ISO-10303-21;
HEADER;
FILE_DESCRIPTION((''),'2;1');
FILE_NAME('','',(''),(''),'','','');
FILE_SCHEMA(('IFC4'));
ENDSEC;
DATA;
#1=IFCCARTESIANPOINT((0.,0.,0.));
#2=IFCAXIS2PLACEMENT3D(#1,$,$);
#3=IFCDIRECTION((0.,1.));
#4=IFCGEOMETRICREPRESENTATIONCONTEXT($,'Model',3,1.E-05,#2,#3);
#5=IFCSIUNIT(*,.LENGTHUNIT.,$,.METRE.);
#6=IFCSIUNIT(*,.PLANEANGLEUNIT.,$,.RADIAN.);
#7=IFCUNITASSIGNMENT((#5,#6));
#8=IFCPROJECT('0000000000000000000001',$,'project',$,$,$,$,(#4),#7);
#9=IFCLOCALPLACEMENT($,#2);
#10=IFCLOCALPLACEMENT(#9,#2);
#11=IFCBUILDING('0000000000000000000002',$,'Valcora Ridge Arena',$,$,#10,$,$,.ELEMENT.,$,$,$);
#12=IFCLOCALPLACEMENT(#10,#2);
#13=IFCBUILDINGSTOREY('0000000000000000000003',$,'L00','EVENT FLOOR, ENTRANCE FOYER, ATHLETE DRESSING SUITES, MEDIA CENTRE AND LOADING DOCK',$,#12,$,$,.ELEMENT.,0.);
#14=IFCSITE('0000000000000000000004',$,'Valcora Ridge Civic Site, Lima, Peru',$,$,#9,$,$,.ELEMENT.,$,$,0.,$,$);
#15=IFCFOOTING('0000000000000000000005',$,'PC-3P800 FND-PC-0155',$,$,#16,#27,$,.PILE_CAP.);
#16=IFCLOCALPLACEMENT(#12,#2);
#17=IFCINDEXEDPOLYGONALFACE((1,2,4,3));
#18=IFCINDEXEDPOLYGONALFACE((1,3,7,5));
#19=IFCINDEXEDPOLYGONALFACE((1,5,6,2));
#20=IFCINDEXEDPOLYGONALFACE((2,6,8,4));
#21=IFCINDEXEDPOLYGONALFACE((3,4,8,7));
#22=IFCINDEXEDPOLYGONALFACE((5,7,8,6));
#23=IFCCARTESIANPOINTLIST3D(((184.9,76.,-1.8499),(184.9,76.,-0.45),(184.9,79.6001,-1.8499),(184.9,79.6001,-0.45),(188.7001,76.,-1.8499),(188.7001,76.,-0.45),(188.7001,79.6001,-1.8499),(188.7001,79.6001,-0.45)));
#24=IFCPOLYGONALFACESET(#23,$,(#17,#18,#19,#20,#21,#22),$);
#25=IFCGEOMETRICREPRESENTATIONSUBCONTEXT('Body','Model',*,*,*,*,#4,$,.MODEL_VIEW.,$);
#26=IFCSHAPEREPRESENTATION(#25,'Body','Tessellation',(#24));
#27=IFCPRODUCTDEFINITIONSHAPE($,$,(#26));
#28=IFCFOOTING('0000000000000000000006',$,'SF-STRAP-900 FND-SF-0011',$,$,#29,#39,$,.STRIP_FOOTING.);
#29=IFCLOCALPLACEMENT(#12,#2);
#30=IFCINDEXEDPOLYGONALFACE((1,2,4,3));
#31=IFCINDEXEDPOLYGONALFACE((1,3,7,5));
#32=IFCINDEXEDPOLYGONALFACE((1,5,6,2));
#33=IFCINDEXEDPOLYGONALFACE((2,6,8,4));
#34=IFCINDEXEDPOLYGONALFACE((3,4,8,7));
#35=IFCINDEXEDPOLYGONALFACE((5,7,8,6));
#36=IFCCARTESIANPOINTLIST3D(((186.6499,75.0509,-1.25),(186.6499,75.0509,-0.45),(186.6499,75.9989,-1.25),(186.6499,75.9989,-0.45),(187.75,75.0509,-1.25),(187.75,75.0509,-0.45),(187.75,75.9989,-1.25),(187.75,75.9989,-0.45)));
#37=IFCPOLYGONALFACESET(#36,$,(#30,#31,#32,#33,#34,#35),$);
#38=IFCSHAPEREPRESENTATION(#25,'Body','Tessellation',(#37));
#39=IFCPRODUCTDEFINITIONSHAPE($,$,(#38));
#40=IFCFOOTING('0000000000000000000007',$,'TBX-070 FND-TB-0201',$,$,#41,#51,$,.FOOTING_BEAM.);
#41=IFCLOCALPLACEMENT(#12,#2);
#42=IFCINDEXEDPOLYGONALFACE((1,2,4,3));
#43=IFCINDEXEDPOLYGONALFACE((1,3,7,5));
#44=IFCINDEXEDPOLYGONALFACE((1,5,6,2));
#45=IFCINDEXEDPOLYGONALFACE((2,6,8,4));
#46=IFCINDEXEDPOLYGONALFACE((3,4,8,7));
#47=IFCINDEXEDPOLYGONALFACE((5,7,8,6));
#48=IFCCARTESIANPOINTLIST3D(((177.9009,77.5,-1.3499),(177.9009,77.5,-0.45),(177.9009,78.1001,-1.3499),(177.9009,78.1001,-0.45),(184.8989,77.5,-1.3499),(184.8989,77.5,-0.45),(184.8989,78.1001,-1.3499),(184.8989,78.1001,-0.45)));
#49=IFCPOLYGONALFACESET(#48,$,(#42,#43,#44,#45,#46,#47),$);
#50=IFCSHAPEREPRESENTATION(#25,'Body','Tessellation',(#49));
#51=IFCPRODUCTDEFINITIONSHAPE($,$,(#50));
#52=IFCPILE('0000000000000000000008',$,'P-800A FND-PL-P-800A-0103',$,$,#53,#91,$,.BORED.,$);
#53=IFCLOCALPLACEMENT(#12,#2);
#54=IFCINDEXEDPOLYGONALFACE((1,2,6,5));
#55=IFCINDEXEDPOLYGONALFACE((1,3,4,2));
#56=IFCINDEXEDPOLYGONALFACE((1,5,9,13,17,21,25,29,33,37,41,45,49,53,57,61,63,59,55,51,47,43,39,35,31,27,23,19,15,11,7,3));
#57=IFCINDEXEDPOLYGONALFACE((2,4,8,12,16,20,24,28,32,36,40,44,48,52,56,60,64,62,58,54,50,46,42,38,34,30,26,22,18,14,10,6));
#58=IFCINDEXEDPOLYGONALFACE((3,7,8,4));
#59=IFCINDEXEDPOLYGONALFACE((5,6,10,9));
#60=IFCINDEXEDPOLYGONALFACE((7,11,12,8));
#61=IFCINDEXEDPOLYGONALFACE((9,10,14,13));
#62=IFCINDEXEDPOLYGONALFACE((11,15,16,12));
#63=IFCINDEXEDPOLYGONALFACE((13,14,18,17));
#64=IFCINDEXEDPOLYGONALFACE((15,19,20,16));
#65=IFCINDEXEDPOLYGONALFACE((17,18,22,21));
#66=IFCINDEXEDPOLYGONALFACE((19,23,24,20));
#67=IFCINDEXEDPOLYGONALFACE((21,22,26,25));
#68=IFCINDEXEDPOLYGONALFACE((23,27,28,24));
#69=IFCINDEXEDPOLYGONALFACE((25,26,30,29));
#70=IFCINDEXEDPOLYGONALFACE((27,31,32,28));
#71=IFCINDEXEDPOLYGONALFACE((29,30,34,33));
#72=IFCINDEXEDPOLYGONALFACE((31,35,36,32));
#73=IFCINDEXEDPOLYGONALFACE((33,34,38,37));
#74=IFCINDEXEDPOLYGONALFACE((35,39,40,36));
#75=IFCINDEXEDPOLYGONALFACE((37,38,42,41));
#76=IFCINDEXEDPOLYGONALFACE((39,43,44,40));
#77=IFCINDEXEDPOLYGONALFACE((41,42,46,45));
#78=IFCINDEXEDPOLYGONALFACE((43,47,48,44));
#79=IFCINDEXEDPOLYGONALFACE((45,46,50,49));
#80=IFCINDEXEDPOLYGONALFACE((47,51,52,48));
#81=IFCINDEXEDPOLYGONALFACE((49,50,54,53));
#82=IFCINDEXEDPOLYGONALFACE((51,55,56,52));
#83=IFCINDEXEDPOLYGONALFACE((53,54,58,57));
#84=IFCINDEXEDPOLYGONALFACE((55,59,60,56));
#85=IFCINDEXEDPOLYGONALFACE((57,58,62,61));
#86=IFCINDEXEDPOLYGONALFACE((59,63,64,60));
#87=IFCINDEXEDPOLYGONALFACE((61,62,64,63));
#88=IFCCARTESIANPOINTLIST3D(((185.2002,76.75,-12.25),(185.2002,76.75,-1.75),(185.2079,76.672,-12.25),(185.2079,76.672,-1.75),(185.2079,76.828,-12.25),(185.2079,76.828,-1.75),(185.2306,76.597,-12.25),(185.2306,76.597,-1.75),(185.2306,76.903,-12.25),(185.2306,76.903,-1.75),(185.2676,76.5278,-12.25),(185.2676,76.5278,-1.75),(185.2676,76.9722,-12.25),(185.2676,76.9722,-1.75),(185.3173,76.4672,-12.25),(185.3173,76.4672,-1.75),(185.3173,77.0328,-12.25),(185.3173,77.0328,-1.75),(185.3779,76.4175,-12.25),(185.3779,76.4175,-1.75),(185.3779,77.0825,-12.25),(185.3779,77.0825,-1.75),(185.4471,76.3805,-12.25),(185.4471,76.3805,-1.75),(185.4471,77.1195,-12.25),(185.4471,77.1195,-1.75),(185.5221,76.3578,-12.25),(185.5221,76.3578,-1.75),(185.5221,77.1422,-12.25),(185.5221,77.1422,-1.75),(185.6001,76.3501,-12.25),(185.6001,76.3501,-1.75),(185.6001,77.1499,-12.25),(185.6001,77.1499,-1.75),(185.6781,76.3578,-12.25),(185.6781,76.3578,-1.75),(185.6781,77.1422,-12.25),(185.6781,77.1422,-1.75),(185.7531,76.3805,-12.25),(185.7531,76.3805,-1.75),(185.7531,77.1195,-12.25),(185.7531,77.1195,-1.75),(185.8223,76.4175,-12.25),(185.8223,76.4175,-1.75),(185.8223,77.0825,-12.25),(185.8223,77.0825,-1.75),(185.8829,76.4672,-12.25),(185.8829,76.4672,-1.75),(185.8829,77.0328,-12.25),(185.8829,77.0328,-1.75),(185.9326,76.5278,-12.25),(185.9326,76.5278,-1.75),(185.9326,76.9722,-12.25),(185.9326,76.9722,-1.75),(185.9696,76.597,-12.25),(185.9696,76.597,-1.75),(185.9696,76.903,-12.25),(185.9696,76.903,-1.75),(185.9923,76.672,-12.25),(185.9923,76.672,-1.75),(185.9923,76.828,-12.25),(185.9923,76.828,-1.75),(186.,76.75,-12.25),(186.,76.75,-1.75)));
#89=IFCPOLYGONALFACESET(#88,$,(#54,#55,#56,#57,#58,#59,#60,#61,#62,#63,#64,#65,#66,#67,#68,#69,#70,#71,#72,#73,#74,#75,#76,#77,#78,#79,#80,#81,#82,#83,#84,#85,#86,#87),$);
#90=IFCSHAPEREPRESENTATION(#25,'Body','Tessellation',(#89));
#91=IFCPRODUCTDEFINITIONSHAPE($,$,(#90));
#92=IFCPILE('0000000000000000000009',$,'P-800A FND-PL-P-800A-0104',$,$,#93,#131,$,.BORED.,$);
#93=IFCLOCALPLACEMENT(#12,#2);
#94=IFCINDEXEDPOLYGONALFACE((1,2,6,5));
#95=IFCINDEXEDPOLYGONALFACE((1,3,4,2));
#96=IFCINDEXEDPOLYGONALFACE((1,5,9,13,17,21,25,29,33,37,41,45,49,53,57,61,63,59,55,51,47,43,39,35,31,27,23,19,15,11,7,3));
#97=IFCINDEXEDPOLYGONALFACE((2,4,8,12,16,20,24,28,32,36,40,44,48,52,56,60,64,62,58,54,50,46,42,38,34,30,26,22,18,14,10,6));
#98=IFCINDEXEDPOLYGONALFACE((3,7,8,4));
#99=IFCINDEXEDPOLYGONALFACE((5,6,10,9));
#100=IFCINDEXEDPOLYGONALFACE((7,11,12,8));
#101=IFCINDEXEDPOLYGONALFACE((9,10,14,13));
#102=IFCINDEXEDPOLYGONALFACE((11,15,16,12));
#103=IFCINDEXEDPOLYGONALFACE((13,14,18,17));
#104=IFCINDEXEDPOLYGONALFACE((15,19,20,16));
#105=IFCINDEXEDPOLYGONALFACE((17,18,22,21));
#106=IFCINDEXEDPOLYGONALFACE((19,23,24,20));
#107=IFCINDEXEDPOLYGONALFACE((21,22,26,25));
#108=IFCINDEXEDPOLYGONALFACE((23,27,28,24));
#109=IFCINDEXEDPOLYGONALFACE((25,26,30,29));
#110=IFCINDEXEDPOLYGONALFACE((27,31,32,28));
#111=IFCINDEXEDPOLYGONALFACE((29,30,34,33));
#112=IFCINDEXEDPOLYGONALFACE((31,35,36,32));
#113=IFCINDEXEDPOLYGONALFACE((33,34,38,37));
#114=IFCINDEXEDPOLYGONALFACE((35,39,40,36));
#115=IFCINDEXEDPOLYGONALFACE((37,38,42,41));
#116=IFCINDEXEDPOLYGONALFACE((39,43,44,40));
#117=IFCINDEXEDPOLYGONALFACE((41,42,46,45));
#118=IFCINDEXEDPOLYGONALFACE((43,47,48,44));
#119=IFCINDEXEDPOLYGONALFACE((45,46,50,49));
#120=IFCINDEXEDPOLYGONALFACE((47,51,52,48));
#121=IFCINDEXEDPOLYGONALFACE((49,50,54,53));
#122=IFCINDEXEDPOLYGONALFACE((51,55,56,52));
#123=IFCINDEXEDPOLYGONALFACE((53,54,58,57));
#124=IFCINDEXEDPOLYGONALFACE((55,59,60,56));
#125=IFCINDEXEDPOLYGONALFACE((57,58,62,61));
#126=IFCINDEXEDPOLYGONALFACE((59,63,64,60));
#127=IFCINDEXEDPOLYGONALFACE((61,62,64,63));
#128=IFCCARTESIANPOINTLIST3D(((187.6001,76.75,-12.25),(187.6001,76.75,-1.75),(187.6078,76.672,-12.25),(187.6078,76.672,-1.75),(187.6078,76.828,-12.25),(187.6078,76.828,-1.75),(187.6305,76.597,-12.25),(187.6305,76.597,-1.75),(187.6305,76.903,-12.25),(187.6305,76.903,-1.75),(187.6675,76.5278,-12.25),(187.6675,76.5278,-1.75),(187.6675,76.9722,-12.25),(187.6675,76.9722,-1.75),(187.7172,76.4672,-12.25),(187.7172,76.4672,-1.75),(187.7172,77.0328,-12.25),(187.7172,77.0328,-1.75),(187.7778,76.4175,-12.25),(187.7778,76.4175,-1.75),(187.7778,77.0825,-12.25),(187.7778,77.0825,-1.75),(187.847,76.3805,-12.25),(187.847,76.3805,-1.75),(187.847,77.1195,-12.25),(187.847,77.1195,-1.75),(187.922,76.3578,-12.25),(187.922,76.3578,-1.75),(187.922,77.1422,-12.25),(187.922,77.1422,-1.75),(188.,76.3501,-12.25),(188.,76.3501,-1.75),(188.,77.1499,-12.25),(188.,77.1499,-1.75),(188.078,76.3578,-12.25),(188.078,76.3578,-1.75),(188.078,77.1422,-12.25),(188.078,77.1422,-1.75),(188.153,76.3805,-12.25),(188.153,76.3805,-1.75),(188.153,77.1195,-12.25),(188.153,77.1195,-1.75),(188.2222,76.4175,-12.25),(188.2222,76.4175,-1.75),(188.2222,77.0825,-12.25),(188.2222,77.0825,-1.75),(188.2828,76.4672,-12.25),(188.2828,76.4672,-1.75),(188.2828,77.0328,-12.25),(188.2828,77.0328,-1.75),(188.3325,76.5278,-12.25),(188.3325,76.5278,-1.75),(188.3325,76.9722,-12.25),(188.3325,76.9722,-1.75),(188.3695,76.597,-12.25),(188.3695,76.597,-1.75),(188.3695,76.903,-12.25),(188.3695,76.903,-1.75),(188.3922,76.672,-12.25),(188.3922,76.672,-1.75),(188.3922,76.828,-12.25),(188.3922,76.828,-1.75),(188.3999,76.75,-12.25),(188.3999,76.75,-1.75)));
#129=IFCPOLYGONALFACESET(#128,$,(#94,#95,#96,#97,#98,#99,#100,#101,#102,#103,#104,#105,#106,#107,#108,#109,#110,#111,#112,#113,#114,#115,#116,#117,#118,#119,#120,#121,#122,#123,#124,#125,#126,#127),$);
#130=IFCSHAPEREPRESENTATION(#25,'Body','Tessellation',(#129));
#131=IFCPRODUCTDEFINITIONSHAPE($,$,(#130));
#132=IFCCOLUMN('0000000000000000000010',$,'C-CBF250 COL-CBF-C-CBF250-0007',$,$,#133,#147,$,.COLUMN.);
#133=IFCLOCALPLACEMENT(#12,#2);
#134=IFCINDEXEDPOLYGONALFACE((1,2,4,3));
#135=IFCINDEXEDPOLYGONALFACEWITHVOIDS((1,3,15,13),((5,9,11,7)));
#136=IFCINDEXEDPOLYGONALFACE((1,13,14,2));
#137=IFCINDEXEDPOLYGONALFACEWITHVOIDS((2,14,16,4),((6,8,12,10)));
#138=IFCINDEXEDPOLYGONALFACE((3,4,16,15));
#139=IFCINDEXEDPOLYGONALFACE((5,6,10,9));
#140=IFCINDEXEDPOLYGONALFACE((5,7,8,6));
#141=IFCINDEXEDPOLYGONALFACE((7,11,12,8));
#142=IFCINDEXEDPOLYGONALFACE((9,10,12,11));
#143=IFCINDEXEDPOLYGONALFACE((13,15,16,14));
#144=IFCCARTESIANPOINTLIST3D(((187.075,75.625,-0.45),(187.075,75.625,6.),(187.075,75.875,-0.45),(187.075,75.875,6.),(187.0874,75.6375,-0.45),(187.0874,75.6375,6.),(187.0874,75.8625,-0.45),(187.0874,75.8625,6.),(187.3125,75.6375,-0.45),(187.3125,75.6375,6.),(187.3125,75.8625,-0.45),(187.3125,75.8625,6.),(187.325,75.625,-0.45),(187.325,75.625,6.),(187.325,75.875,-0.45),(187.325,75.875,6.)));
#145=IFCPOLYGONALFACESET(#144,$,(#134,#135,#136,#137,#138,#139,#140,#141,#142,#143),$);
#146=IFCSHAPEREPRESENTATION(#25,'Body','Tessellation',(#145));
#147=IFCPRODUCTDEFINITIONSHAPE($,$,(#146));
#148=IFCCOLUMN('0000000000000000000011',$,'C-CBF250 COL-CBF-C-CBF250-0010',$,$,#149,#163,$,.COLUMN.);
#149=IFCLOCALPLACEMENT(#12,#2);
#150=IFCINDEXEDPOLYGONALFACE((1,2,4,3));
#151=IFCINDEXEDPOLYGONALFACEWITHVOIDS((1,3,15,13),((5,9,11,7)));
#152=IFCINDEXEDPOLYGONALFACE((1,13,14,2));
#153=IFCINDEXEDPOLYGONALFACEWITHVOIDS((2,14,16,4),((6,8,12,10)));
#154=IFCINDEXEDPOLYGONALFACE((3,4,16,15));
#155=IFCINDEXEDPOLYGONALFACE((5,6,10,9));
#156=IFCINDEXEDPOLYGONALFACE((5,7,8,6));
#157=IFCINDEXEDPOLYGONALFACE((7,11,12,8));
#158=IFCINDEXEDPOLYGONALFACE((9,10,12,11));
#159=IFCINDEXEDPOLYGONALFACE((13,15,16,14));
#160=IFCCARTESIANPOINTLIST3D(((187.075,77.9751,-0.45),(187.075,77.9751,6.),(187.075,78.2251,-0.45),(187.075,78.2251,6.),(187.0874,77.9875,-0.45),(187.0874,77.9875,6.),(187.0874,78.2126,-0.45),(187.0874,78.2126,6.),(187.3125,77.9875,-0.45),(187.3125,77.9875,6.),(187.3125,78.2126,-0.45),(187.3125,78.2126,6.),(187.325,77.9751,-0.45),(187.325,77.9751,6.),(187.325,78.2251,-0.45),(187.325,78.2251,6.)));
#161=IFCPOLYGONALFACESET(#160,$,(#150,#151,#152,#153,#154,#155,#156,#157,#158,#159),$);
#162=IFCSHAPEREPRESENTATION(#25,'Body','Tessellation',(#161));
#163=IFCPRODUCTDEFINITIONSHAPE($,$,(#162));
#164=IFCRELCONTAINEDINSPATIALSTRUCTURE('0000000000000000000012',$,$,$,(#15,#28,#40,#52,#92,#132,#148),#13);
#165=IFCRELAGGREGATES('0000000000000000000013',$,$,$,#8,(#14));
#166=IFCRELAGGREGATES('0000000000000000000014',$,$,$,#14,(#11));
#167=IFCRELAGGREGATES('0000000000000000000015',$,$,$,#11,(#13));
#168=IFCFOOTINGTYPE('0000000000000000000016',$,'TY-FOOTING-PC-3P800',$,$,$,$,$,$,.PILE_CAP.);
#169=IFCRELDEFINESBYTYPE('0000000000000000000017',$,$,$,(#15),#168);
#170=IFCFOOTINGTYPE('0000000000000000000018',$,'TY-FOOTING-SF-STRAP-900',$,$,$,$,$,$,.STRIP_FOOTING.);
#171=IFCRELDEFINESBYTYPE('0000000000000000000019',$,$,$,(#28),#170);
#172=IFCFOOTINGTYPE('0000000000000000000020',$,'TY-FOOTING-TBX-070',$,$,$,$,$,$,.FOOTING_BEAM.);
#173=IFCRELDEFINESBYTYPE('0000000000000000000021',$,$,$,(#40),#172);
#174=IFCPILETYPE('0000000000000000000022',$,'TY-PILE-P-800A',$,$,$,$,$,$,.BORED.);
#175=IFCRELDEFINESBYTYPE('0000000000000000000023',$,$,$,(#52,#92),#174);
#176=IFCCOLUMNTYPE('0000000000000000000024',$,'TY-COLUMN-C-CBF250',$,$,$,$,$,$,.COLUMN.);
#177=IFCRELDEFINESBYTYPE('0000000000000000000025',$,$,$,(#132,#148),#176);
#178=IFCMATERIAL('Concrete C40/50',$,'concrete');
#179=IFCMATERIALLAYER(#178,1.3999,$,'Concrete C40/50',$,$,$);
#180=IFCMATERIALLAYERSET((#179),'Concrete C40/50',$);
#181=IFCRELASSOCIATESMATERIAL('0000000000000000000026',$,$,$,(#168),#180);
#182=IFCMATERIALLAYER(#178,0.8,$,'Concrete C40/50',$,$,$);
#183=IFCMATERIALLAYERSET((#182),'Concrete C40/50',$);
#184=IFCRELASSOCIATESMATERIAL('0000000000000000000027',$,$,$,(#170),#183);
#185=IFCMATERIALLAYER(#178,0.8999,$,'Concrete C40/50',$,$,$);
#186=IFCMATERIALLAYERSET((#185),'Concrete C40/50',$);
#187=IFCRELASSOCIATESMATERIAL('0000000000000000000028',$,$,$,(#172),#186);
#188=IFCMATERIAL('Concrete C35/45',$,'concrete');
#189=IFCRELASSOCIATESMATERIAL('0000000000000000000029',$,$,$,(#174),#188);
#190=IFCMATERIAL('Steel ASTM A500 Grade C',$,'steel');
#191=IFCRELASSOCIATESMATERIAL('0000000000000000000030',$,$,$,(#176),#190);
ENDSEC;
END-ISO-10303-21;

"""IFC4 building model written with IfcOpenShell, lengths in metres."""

from ifc_helpers import new_model, si_unit, direction, frame, origin, origin_2d, place, context, subcontext, project, spatial, rectangle, hollow_rectangle, circle, extrude, material, layer, layer_set, material_profile, profile_set, type_object, element, save


model = new_model("IFC4")

# Units and contexts
model_context = context("Model", 3, precision=1e-05, world=origin(), true_north=direction((0.0, 1.0)))
body_context = subcontext(model_context, "Body", "Model", "MODEL_VIEW")
ifc_project = project(units=[si_unit("LENGTHUNIT", "METRE"), si_unit("PLANEANGLEUNIT", "RADIAN")], contexts=[model_context])

# Site, building, storey
site_placement = place(None, origin())
site = spatial("IfcSite", under=ifc_project, at=site_placement, Name="Valcora Ridge Civic Site, Lima, Peru", CompositionType="ELEMENT", RefElevation=0.0)
building_placement = place(site_placement, origin())
building = spatial("IfcBuilding", under=site, at=building_placement, Name="Valcora Ridge Arena", CompositionType="ELEMENT")
storey_placement = place(building_placement, origin())
storey = spatial("IfcBuildingStorey", under=building, at=storey_placement, Name="L00", Description="EVENT FLOOR, ENTRANCE FOYER, ATHLETE DRESSING SUITES, MEDIA CENTRE AND LOADING DOCK", CompositionType="ELEMENT", Elevation=0.0)

# Footings
ifc_material_1 = material(Name="Concrete C40/50", Category="concrete")
ifc_layer_1 = layer(ifc_material_1, 1.3999, Name="Concrete C40/50")
ifc_layer_set_1 = layer_set([ifc_layer_1], Name="Concrete C40/50")
footing_type_1 = type_object("IfcFootingType", Name="TY-FOOTING-PC-3P800", PredefinedType="PILE_CAP", material=ifc_layer_set_1)
footing_1_placement = place(storey_placement, frame((186.8, 77.8, -1.8499), z_axis=(0.0, 0.0, 1.0), x_axis=(1.0, 0.0, 0.0)))
element("IfcFooting", 1, at=footing_1_placement, inside=storey, type_object=footing_type_1, Name="PC-3P800 FND-PC-0155", PredefinedType="PILE_CAP", context=body_context, shape_type="SweptSolid", body=[
    extrude(rectangle(XDim=3.8, YDim=3.6001, at=origin_2d()), origin(), (0.0, 0.0, 1.0), 1.3999),
])
ifc_layer_2 = layer(ifc_material_1, 0.8, Name="Concrete C40/50")
ifc_layer_set_2 = layer_set([ifc_layer_2], Name="Concrete C40/50")
footing_type_2 = type_object("IfcFootingType", Name="TY-FOOTING-SF-STRAP-900", PredefinedType="STRIP_FOOTING", material=ifc_layer_set_2)
footing_2_placement = place(storey_placement, frame((187.2, 75.5249, -1.25), z_axis=(0.0, 0.0, 1.0), x_axis=(1.0, 0.0, 0.0)))
element("IfcFooting", 2, at=footing_2_placement, inside=storey, type_object=footing_type_2, Name="SF-STRAP-900 FND-SF-0011", PredefinedType="STRIP_FOOTING", context=body_context, shape_type="SweptSolid", body=[
    extrude(rectangle(XDim=1.1001, YDim=0.948, at=origin_2d()), origin(), (0.0, 0.0, 1.0), 0.8),
])
ifc_layer_3 = layer(ifc_material_1, 0.8999, Name="Concrete C40/50")
ifc_layer_set_3 = layer_set([ifc_layer_3], Name="Concrete C40/50")
footing_type_3 = type_object("IfcFootingType", Name="TY-FOOTING-TBX-070", PredefinedType="FOOTING_BEAM", material=ifc_layer_set_3)
footing_3_placement = place(storey_placement, frame((181.3999, 77.8, -1.3499), z_axis=(0.0, 0.0, 1.0), x_axis=(1.0, 0.0, 0.0)))
element("IfcFooting", 3, at=footing_3_placement, inside=storey, type_object=footing_type_3, Name="TBX-070 FND-TB-0201", PredefinedType="FOOTING_BEAM", context=body_context, shape_type="SweptSolid", body=[
    extrude(rectangle(XDim=6.998, YDim=0.6001, at=origin_2d()), origin(), (0.0, 0.0, 1.0), 0.8999),
])

# Piles
ifc_material_2 = material(Name="Concrete C35/45", Category="concrete")
ifc_material_profile_1 = material_profile(ifc_material_2, circle(Radius=0.3999, at=origin_2d()), Name="BORED PILE D800")
ifc_profile_set_1 = profile_set([ifc_material_profile_1], Name="Concrete C35/45")
pile_type = type_object("IfcPileType", Name="TY-PILE-P-800A", PredefinedType="BORED", material=ifc_profile_set_1)
for number, where, z_axis, x_axis, name in (
    (4, (185.6001, 76.75, -1.75), (0.0, 0.0, -1.0), (1.0, 0.0, 0.0), "P-800A FND-PL-P-800A-0103"),
    (5, (188.0, 76.75, -1.75), (0.0, 0.0, -1.0), (1.0, 0.0, 0.0), "P-800A FND-PL-P-800A-0104"),
):
    element("IfcPile", number, at=place(storey_placement, frame(where, z_axis=z_axis, x_axis=x_axis)), inside=storey, type_object=pile_type, Name=name, PredefinedType="BORED", context=body_context, shape_type="SweptSolid", body=[
        extrude(circle(Radius=0.3999, at=origin_2d()), origin(), (0.0, 0.0, 1.0), 10.5),
    ])

# Columns
ifc_material_3 = material(Name="Steel ASTM A500 Grade C", Category="steel")
ifc_material_profile_2 = material_profile(ifc_material_3, hollow_rectangle(XDim=0.25, YDim=0.25, WallThickness=0.0125, at=origin_2d()), Name="HSS250X250X12")
ifc_profile_set_2 = profile_set([ifc_material_profile_2], Name="Steel ASTM A500 Grade C")
column_type_1 = type_object("IfcColumnType", Name="TY-COLUMN-C-CBF250", PredefinedType="COLUMN", material=ifc_profile_set_2)
for number, where, z_axis, x_axis, name in (
    (6, (187.2, 75.75, -0.45), (0.0, 0.0, 1.0), (1.0, 0.0, 0.0), "C-CBF250 COL-CBF-C-CBF250-0007"),
    (7, (187.2, 78.1001, -0.45), (0.0, 0.0, 1.0), (1.0, 0.0, 0.0), "C-CBF250 COL-CBF-C-CBF250-0010"),
):
    element("IfcColumn", number, at=place(storey_placement, frame(where, z_axis=z_axis, x_axis=x_axis)), inside=storey, type_object=column_type_1, Name=name, PredefinedType="COLUMN", context=body_context, shape_type="SweptSolid", body=[
        extrude(hollow_rectangle(XDim=0.25, YDim=0.25, WallThickness=0.0125, at=origin_2d()), origin(), (0.0, 0.0, 1.0), 6.45),
    ])

save(model, "model.ifc")
